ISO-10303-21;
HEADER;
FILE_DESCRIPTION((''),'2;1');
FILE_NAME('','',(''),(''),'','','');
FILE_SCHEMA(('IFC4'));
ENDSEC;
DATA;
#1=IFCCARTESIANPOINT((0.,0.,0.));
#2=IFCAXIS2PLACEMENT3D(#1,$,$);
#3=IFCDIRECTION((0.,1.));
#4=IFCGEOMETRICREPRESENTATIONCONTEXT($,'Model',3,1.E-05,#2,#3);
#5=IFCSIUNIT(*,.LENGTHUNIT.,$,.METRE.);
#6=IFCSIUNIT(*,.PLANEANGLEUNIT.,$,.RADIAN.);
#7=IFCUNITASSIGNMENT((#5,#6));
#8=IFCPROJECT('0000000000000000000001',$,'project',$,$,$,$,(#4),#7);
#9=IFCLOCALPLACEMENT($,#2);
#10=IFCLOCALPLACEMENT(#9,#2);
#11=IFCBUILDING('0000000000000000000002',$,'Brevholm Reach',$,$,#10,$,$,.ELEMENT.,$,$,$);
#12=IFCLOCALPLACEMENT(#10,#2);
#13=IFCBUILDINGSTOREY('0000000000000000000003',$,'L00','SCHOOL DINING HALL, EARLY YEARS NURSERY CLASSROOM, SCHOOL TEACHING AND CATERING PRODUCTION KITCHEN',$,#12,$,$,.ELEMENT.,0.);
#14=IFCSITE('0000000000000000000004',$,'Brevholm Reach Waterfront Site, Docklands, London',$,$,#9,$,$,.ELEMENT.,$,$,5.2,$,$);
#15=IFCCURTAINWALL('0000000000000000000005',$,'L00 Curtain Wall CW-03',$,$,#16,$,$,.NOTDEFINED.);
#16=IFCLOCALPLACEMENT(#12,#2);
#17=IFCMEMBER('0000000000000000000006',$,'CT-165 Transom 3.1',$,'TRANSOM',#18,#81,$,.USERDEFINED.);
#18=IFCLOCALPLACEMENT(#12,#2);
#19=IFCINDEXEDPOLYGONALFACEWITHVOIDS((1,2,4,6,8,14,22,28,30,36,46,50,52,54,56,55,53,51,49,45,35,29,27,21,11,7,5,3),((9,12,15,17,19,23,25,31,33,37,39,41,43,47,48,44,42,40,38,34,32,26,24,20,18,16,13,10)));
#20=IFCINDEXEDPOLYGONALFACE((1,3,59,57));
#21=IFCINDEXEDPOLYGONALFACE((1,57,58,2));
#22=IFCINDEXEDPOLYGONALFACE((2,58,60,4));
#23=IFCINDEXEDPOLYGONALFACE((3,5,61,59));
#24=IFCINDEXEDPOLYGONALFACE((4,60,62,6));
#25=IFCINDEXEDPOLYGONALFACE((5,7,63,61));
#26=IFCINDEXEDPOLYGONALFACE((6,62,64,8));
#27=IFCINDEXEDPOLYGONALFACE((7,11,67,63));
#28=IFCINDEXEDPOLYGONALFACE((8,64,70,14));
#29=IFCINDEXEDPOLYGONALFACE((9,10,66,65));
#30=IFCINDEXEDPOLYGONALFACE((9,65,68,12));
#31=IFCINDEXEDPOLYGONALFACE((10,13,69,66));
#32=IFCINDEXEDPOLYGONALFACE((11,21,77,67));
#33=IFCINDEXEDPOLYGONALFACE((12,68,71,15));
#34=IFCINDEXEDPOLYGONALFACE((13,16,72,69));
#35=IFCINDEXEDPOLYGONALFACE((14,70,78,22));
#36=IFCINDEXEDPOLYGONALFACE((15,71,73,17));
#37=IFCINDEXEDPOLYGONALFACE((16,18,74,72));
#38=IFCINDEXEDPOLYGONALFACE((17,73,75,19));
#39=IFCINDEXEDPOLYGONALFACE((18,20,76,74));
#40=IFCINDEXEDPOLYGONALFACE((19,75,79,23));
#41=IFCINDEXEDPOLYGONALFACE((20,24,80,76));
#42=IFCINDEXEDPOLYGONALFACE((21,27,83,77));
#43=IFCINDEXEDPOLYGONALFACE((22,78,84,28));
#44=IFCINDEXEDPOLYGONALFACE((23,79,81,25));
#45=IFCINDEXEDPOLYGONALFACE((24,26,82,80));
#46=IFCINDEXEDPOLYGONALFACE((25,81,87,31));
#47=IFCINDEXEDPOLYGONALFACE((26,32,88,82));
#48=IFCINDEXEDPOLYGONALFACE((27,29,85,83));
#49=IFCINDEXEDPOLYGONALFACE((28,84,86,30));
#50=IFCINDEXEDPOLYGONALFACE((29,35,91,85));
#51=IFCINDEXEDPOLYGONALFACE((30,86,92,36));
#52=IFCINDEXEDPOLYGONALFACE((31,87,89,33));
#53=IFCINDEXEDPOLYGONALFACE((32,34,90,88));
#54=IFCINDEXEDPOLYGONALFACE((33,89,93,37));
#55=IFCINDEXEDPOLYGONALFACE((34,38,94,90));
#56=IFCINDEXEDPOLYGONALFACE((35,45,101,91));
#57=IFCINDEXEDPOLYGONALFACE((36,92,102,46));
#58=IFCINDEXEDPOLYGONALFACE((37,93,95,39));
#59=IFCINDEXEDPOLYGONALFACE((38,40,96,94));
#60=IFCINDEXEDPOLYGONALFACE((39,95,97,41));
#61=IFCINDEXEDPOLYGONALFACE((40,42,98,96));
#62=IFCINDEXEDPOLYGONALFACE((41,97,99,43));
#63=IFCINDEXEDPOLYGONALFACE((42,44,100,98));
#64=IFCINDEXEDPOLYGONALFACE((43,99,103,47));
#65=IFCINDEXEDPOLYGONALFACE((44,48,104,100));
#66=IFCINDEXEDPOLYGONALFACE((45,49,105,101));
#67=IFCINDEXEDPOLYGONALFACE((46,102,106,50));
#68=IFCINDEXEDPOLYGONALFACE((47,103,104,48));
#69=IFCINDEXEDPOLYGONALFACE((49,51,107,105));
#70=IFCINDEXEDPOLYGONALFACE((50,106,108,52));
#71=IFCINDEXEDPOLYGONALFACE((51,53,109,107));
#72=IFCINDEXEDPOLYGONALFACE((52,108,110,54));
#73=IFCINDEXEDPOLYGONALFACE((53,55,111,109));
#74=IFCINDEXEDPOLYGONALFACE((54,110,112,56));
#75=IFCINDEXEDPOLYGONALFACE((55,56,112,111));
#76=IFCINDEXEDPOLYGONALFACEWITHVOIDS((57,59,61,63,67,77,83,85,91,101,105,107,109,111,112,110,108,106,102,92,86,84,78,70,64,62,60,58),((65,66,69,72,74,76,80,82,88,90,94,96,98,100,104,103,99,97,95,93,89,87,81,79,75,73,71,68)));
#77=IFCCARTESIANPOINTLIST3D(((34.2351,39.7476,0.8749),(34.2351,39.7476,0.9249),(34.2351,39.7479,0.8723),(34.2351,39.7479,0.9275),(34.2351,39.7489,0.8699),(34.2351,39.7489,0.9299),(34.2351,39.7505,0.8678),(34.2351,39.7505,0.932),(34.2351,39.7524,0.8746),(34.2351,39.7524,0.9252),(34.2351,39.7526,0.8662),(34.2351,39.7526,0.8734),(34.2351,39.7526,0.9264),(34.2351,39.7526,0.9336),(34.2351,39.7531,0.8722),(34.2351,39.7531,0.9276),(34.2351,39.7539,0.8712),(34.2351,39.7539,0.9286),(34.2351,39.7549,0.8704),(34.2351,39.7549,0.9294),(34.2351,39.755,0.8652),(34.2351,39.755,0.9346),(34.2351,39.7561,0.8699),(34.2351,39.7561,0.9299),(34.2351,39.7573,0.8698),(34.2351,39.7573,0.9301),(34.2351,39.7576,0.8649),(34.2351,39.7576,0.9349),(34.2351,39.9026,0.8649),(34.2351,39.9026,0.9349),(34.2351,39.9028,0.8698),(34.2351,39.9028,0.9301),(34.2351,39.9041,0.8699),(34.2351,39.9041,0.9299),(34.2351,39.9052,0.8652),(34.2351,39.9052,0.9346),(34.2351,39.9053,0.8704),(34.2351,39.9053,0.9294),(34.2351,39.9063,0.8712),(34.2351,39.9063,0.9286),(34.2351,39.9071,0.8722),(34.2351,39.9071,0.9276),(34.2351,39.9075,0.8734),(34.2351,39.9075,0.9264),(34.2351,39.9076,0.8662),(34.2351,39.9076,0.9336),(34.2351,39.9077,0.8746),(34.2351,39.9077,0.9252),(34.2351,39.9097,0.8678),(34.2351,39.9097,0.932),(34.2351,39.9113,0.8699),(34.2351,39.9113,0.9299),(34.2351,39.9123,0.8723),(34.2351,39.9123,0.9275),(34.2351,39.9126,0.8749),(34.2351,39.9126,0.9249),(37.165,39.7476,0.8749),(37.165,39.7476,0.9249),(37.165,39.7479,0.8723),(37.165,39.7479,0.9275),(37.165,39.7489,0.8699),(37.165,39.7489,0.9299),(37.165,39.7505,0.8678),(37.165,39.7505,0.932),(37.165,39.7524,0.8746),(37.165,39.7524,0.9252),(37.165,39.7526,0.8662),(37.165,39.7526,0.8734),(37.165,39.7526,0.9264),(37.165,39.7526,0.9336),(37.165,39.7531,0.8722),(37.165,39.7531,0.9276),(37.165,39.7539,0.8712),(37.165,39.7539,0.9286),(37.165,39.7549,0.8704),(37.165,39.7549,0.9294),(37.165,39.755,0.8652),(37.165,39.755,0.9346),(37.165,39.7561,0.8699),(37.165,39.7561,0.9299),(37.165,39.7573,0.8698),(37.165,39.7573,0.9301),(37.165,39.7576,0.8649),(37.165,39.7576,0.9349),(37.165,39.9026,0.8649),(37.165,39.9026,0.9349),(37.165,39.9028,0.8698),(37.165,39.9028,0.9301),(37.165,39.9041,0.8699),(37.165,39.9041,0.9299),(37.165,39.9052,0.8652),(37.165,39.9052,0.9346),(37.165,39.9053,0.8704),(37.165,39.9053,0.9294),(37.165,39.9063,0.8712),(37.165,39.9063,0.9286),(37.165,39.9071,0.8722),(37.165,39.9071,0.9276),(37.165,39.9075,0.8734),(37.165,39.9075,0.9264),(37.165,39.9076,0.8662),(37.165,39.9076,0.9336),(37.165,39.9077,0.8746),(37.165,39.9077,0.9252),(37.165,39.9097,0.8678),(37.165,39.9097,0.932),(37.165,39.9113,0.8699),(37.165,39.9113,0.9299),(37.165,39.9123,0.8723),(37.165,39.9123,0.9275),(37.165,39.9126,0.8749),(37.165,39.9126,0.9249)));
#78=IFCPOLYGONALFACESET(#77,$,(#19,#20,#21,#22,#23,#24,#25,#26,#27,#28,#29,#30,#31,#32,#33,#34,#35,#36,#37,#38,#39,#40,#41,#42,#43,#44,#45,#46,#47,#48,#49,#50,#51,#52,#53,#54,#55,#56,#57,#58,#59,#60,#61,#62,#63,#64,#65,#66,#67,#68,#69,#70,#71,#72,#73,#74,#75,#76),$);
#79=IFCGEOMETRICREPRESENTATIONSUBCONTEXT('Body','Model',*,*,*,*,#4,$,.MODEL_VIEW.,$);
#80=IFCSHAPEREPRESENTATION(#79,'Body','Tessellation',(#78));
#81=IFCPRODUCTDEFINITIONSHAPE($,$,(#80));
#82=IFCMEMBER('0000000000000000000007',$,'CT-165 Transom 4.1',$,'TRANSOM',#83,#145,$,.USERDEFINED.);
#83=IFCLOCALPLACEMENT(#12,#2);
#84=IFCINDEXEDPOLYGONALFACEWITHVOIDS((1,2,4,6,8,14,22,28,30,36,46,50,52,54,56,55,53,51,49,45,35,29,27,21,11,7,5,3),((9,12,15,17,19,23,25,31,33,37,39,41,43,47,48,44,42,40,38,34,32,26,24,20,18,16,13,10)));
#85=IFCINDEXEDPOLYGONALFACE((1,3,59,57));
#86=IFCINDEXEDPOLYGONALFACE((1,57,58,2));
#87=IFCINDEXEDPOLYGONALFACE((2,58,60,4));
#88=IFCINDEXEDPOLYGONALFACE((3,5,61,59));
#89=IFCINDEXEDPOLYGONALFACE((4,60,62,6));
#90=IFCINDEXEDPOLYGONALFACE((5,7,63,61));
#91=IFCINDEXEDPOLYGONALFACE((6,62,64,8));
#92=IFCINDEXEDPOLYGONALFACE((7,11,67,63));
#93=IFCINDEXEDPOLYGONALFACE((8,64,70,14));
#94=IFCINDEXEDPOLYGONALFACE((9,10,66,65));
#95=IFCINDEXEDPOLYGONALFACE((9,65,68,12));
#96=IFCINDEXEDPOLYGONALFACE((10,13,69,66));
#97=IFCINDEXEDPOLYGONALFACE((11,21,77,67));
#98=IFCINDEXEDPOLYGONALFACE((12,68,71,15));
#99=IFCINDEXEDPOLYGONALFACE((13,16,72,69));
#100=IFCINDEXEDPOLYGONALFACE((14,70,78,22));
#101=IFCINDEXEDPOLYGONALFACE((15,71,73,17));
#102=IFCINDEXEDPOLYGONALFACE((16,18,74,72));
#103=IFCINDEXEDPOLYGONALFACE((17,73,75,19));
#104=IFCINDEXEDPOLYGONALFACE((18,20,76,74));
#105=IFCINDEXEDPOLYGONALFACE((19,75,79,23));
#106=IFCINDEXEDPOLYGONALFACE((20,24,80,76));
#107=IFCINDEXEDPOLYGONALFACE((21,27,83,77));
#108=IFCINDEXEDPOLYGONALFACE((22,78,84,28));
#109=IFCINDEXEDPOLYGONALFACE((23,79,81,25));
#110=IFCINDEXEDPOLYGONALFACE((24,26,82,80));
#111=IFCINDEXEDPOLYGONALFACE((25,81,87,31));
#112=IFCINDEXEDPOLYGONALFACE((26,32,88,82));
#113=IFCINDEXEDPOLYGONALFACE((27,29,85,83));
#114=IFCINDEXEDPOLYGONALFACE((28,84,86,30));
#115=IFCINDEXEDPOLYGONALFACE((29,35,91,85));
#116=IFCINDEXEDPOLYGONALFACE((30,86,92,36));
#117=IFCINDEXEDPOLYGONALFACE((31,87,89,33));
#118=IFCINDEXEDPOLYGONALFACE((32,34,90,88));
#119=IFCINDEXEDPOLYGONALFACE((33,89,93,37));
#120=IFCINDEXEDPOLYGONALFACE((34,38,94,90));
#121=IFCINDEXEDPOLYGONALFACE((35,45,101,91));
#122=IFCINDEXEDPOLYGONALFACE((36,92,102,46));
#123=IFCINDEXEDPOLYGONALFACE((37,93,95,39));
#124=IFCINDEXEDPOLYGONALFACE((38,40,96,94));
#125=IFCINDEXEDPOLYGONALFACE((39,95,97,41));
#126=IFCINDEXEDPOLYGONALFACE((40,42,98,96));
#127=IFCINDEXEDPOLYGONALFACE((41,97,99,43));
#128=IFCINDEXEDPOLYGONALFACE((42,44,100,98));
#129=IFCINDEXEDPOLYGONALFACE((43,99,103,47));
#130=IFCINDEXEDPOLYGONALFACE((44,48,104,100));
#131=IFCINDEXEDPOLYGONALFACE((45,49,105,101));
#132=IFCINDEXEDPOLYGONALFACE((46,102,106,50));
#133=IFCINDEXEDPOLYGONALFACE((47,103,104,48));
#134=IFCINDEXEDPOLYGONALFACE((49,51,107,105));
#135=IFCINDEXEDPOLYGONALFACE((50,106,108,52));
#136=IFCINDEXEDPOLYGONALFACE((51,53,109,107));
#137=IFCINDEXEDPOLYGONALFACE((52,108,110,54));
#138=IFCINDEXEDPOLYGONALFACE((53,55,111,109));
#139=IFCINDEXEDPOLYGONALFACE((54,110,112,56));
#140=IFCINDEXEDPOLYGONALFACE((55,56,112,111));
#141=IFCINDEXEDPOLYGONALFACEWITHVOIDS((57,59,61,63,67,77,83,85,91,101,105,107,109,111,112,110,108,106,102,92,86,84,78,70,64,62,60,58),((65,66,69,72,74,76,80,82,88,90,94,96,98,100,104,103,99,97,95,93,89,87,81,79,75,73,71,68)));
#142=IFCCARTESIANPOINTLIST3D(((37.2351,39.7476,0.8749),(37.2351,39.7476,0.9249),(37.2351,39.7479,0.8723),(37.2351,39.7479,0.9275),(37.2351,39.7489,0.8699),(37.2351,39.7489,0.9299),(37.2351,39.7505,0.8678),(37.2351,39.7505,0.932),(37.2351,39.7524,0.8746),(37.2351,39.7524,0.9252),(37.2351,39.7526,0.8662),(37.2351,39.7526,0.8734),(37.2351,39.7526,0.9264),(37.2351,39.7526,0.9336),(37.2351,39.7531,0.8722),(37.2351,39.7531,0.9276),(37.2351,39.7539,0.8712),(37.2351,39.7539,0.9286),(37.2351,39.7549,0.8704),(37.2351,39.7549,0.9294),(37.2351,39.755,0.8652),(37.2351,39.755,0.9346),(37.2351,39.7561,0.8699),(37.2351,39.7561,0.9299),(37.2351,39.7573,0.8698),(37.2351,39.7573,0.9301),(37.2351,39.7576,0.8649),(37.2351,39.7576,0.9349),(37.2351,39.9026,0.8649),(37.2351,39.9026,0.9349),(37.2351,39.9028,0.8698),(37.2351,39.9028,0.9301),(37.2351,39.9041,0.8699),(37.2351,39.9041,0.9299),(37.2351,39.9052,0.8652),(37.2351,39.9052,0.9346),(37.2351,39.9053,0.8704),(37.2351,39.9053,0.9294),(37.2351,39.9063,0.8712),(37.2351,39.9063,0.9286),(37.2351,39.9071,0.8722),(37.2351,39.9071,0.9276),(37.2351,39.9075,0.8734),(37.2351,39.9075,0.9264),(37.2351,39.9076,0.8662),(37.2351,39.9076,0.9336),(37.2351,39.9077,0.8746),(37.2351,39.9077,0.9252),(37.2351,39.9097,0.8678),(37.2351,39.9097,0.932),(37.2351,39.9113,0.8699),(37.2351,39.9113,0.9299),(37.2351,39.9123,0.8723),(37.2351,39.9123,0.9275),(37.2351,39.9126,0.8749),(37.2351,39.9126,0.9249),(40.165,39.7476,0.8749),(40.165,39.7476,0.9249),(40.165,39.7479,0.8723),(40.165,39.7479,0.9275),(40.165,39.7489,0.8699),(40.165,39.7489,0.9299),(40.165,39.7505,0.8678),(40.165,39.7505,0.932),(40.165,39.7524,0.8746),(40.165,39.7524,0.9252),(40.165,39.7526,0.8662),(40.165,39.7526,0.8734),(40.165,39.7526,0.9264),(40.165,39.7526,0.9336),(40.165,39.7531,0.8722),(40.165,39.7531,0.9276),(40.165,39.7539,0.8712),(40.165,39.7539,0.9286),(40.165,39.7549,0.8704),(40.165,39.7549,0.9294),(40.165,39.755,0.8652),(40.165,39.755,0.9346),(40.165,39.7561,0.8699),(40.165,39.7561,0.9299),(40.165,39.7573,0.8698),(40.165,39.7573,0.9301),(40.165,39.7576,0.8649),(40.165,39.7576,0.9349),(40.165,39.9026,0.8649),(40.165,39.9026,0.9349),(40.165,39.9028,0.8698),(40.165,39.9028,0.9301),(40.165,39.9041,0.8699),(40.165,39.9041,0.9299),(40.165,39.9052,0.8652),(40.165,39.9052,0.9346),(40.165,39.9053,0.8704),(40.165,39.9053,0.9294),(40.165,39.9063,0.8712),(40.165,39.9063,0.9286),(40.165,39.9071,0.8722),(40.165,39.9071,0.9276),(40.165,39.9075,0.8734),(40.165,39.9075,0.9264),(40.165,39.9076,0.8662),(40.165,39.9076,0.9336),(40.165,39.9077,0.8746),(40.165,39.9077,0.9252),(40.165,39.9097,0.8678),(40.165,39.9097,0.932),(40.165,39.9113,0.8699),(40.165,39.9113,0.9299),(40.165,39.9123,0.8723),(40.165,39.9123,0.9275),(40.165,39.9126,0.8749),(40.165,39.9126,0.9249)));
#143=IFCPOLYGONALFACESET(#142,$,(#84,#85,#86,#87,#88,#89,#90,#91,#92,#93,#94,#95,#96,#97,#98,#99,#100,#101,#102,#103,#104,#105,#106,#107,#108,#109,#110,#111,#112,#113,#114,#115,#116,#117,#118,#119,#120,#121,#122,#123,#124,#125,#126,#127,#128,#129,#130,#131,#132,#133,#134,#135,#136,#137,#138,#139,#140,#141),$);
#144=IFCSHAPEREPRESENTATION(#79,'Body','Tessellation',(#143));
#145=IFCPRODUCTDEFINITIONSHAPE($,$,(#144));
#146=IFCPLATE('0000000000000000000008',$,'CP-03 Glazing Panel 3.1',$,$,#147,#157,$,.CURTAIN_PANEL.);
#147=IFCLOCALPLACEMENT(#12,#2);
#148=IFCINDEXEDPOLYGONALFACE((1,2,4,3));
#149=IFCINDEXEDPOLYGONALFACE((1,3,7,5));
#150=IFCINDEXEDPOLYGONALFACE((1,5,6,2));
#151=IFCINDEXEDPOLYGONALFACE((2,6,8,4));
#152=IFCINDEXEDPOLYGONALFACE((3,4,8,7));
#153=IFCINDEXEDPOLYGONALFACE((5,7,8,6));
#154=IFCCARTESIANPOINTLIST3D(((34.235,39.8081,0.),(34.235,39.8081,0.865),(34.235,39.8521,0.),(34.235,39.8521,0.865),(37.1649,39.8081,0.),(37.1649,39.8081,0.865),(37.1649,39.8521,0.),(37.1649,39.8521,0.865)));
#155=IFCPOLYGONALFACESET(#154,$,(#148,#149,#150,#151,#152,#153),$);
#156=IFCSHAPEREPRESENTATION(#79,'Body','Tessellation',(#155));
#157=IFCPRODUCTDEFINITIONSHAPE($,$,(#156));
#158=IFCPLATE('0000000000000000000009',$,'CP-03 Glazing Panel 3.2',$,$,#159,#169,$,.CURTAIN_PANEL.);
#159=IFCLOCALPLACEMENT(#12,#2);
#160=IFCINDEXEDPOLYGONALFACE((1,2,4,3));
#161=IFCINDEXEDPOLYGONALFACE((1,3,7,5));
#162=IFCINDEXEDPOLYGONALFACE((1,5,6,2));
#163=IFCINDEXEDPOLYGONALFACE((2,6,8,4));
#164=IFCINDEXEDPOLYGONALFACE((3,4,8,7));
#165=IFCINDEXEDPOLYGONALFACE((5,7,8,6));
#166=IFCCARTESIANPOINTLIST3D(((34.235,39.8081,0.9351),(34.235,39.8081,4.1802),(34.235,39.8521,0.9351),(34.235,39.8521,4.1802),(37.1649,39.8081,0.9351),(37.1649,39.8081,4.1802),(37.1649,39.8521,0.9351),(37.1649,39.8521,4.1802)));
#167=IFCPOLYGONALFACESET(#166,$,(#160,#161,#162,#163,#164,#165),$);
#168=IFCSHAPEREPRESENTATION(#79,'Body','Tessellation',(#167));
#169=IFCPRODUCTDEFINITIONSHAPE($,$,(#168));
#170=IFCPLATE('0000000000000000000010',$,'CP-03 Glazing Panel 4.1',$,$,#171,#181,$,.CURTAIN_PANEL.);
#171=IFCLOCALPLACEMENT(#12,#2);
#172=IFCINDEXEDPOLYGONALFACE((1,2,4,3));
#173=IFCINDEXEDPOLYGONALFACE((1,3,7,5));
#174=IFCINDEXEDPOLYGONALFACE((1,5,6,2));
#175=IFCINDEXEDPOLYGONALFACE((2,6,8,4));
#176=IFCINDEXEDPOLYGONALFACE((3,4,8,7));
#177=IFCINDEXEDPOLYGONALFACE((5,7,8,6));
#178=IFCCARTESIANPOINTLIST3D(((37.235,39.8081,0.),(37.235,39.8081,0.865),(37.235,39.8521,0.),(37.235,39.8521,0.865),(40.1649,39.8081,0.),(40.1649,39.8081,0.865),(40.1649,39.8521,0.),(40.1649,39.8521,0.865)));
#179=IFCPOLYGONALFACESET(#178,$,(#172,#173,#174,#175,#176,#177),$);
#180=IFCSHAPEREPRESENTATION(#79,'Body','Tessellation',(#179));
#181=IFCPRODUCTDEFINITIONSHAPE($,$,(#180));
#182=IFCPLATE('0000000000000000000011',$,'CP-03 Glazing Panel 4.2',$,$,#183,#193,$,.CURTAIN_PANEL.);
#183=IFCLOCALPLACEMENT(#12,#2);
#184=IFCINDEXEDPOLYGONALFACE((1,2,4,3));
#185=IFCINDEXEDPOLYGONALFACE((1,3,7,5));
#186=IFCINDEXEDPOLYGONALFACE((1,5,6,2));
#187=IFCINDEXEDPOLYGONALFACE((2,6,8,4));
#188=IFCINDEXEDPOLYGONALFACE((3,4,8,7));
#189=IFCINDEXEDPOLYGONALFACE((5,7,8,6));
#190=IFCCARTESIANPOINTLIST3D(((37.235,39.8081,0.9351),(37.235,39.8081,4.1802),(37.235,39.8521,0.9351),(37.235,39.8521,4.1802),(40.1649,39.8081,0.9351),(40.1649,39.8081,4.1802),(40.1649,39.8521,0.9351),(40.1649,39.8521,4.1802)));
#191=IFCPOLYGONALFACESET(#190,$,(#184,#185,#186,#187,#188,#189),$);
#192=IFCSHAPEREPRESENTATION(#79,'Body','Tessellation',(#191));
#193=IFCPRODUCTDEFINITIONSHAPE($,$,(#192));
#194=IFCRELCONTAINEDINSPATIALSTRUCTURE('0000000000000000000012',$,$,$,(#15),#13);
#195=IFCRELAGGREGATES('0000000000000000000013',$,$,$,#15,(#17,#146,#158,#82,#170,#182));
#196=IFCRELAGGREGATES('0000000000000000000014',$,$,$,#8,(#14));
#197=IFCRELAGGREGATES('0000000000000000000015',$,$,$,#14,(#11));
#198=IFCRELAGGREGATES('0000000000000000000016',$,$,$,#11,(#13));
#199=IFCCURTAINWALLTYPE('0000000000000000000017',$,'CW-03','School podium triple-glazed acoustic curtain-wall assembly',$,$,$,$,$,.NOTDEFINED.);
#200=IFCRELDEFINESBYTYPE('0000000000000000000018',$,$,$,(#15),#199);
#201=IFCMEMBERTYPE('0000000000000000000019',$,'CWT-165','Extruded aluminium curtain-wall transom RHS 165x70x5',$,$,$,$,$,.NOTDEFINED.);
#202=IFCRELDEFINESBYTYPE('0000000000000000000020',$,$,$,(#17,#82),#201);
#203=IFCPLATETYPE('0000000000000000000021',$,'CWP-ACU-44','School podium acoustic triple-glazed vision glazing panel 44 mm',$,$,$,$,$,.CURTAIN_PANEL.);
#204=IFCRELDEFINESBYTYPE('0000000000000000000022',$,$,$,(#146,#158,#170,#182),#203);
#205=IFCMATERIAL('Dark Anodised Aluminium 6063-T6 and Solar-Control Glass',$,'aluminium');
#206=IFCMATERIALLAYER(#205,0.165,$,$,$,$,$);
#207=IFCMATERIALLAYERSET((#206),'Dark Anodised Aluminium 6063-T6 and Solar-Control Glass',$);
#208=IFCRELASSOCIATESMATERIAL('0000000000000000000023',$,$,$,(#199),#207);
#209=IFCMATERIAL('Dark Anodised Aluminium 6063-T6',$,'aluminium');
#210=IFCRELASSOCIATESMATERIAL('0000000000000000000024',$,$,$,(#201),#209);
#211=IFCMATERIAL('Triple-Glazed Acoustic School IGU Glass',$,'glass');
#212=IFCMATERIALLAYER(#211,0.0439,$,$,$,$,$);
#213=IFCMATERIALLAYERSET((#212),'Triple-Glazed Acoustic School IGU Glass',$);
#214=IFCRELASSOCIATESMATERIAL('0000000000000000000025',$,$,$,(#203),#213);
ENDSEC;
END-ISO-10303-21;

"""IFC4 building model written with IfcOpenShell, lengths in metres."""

from ifc_helpers import new_model, si_unit, direction, frame, origin, origin_2d, place, context, subcontext, project, spatial, rectangle, hollow_rectangle, extrude, material, layer, layer_set, material_profile, profile_set, type_object, element, aggregate, save


model = new_model("IFC4")

# Units and contexts
model_context = context("Model", 3, precision=1e-05, world=origin(), true_north=direction((0.0, 1.0)))
body_context = subcontext(model_context, "Body", "Model", "MODEL_VIEW")
ifc_project = project(units=[si_unit("LENGTHUNIT", "METRE"), si_unit("PLANEANGLEUNIT", "RADIAN")], contexts=[model_context])

# Site, building, storey
site_placement = place(None, origin())
site = spatial("IfcSite", under=ifc_project, at=site_placement, Name="Brevholm Reach Waterfront Site, Docklands, London", CompositionType="ELEMENT", RefElevation=5.2)
building_placement = place(site_placement, origin())
building = spatial("IfcBuilding", under=site, at=building_placement, Name="Brevholm Reach", CompositionType="ELEMENT")
storey_placement = place(building_placement, origin())
storey = spatial("IfcBuildingStorey", under=building, at=storey_placement, Name="L00", Description="SCHOOL DINING HALL, EARLY YEARS NURSERY CLASSROOM, SCHOOL TEACHING AND CATERING PRODUCTION KITCHEN", CompositionType="ELEMENT", Elevation=0.0)

# Curtain wall, members, plates
ifc_material_1 = material(Name="Dark Anodised Aluminium 6063-T6 and Solar-Control Glass", Category="aluminium")
ifc_layer_1 = layer(ifc_material_1, 0.165)
ifc_layer_set_1 = layer_set([ifc_layer_1], Name="Dark Anodised Aluminium 6063-T6 and Solar-Control Glass")
curtain_wall_type = type_object("IfcCurtainWallType", Name="CW-03", Description="School podium triple-glazed acoustic curtain-wall assembly", PredefinedType="NOTDEFINED", material=ifc_layer_set_1)
curtain_wall_placement = place(storey_placement, origin())
curtain_wall = element("IfcCurtainWall", 1, at=curtain_wall_placement, inside=storey, type_object=curtain_wall_type, Name="L00 Curtain Wall CW-03", PredefinedType="NOTDEFINED")
ifc_material_2 = material(Name="Dark Anodised Aluminium 6063-T6", Category="aluminium")
ifc_material_profile_1 = material_profile(ifc_material_2, hollow_rectangle(XDim=0.0701, YDim=0.165, WallThickness=0.0049, InnerFilletRadius=0.0049, OuterFilletRadius=0.01, at=origin_2d()), Name="RHS 165x70x5")
ifc_profile_set_1 = profile_set([ifc_material_profile_1], Name="Dark Anodised Aluminium 6063-T6")
member_type_1 = type_object("IfcMemberType", Name="CWT-165", Description="Extruded aluminium curtain-wall transom RHS 165x70x5", PredefinedType="NOTDEFINED", material=ifc_profile_set_1)
member_1_placement = place(storey_placement, frame((34.2351, 39.8301, 0.8999), z_axis=(1.0, 0.0, 0.0), x_axis=(0.0, 0.0, 1.0)))
member_1 = element("IfcMember", 2, at=member_1_placement, type_object=member_type_1, Name="CT-165 Transom 3.1", ObjectType="TRANSOM", PredefinedType="USERDEFINED", context=body_context, shape_type="SweptSolid", body=[
    extrude(hollow_rectangle(XDim=0.0701, YDim=0.165, WallThickness=0.0049, InnerFilletRadius=0.0049, OuterFilletRadius=0.01, at=origin_2d()), origin(), (0.0, 0.0, 1.0), 2.9299),
])
member_2_placement = place(storey_placement, frame((37.2351, 39.8301, 0.8999), z_axis=(1.0, 0.0, 0.0), x_axis=(0.0, 0.0, 1.0)))
member_2 = element("IfcMember", 3, at=member_2_placement, type_object=member_type_1, Name="CT-165 Transom 4.1", ObjectType="TRANSOM", PredefinedType="USERDEFINED", context=body_context, shape_type="SweptSolid", body=[
    extrude(hollow_rectangle(XDim=0.0701, YDim=0.165, WallThickness=0.0049, InnerFilletRadius=0.0049, OuterFilletRadius=0.01, at=origin_2d()), origin(), (0.0, 0.0, 1.0), 2.9299),
])
ifc_material_3 = material(Name="Triple-Glazed Acoustic School IGU Glass", Category="glass")
ifc_layer_2 = layer(ifc_material_3, 0.0439)
ifc_layer_set_2 = layer_set([ifc_layer_2], Name="Triple-Glazed Acoustic School IGU Glass")
plate_type = type_object("IfcPlateType", Name="CWP-ACU-44", Description="School podium acoustic triple-glazed vision glazing panel 44 mm", PredefinedType="CURTAIN_PANEL", material=ifc_layer_set_2)
plate_1_placement = place(storey_placement, frame((35.7, 39.8301, 0.0), z_axis=(0.0, 0.0, 1.0), x_axis=(1.0, 0.0, 0.0)))
plate_1 = element("IfcPlate", 4, at=plate_1_placement, type_object=plate_type, Name="CP-03 Glazing Panel 3.1", PredefinedType="CURTAIN_PANEL", context=body_context, shape_type="SweptSolid", body=[
    extrude(rectangle(XDim=2.9299, YDim=0.0439, at=origin_2d()), origin(), (0.0, 0.0, 1.0), 0.865),
])
plate_2_placement = place(storey_placement, frame((35.7, 39.8301, 0.9351), z_axis=(0.0, 0.0, 1.0), x_axis=(1.0, 0.0, 0.0)))
plate_2 = element("IfcPlate", 5, at=plate_2_placement, type_object=plate_type, Name="CP-03 Glazing Panel 3.2", PredefinedType="CURTAIN_PANEL", context=body_context, shape_type="SweptSolid", body=[
    extrude(rectangle(XDim=2.9299, YDim=0.0439, at=origin_2d()), origin(), (0.0, 0.0, 1.0), 3.2451),
])
plate_3_placement = place(storey_placement, frame((38.7, 39.8301, 0.0), z_axis=(0.0, 0.0, 1.0), x_axis=(1.0, 0.0, 0.0)))
plate_3 = element("IfcPlate", 6, at=plate_3_placement, type_object=plate_type, Name="CP-03 Glazing Panel 4.1", PredefinedType="CURTAIN_PANEL", context=body_context, shape_type="SweptSolid", body=[
    extrude(rectangle(XDim=2.9299, YDim=0.0439, at=origin_2d()), origin(), (0.0, 0.0, 1.0), 0.865),
])
plate_4_placement = place(storey_placement, frame((38.7, 39.8301, 0.9351), z_axis=(0.0, 0.0, 1.0), x_axis=(1.0, 0.0, 0.0)))
plate_4 = element("IfcPlate", 7, at=plate_4_placement, type_object=plate_type, Name="CP-03 Glazing Panel 4.2", PredefinedType="CURTAIN_PANEL", context=body_context, shape_type="SweptSolid", body=[
    extrude(rectangle(XDim=2.9299, YDim=0.0439, at=origin_2d()), origin(), (0.0, 0.0, 1.0), 3.2451),
])
aggregate(curtain_wall, [member_1, plate_1, plate_2, member_2, plate_3, plate_4])

save(model, "model.ifc")
